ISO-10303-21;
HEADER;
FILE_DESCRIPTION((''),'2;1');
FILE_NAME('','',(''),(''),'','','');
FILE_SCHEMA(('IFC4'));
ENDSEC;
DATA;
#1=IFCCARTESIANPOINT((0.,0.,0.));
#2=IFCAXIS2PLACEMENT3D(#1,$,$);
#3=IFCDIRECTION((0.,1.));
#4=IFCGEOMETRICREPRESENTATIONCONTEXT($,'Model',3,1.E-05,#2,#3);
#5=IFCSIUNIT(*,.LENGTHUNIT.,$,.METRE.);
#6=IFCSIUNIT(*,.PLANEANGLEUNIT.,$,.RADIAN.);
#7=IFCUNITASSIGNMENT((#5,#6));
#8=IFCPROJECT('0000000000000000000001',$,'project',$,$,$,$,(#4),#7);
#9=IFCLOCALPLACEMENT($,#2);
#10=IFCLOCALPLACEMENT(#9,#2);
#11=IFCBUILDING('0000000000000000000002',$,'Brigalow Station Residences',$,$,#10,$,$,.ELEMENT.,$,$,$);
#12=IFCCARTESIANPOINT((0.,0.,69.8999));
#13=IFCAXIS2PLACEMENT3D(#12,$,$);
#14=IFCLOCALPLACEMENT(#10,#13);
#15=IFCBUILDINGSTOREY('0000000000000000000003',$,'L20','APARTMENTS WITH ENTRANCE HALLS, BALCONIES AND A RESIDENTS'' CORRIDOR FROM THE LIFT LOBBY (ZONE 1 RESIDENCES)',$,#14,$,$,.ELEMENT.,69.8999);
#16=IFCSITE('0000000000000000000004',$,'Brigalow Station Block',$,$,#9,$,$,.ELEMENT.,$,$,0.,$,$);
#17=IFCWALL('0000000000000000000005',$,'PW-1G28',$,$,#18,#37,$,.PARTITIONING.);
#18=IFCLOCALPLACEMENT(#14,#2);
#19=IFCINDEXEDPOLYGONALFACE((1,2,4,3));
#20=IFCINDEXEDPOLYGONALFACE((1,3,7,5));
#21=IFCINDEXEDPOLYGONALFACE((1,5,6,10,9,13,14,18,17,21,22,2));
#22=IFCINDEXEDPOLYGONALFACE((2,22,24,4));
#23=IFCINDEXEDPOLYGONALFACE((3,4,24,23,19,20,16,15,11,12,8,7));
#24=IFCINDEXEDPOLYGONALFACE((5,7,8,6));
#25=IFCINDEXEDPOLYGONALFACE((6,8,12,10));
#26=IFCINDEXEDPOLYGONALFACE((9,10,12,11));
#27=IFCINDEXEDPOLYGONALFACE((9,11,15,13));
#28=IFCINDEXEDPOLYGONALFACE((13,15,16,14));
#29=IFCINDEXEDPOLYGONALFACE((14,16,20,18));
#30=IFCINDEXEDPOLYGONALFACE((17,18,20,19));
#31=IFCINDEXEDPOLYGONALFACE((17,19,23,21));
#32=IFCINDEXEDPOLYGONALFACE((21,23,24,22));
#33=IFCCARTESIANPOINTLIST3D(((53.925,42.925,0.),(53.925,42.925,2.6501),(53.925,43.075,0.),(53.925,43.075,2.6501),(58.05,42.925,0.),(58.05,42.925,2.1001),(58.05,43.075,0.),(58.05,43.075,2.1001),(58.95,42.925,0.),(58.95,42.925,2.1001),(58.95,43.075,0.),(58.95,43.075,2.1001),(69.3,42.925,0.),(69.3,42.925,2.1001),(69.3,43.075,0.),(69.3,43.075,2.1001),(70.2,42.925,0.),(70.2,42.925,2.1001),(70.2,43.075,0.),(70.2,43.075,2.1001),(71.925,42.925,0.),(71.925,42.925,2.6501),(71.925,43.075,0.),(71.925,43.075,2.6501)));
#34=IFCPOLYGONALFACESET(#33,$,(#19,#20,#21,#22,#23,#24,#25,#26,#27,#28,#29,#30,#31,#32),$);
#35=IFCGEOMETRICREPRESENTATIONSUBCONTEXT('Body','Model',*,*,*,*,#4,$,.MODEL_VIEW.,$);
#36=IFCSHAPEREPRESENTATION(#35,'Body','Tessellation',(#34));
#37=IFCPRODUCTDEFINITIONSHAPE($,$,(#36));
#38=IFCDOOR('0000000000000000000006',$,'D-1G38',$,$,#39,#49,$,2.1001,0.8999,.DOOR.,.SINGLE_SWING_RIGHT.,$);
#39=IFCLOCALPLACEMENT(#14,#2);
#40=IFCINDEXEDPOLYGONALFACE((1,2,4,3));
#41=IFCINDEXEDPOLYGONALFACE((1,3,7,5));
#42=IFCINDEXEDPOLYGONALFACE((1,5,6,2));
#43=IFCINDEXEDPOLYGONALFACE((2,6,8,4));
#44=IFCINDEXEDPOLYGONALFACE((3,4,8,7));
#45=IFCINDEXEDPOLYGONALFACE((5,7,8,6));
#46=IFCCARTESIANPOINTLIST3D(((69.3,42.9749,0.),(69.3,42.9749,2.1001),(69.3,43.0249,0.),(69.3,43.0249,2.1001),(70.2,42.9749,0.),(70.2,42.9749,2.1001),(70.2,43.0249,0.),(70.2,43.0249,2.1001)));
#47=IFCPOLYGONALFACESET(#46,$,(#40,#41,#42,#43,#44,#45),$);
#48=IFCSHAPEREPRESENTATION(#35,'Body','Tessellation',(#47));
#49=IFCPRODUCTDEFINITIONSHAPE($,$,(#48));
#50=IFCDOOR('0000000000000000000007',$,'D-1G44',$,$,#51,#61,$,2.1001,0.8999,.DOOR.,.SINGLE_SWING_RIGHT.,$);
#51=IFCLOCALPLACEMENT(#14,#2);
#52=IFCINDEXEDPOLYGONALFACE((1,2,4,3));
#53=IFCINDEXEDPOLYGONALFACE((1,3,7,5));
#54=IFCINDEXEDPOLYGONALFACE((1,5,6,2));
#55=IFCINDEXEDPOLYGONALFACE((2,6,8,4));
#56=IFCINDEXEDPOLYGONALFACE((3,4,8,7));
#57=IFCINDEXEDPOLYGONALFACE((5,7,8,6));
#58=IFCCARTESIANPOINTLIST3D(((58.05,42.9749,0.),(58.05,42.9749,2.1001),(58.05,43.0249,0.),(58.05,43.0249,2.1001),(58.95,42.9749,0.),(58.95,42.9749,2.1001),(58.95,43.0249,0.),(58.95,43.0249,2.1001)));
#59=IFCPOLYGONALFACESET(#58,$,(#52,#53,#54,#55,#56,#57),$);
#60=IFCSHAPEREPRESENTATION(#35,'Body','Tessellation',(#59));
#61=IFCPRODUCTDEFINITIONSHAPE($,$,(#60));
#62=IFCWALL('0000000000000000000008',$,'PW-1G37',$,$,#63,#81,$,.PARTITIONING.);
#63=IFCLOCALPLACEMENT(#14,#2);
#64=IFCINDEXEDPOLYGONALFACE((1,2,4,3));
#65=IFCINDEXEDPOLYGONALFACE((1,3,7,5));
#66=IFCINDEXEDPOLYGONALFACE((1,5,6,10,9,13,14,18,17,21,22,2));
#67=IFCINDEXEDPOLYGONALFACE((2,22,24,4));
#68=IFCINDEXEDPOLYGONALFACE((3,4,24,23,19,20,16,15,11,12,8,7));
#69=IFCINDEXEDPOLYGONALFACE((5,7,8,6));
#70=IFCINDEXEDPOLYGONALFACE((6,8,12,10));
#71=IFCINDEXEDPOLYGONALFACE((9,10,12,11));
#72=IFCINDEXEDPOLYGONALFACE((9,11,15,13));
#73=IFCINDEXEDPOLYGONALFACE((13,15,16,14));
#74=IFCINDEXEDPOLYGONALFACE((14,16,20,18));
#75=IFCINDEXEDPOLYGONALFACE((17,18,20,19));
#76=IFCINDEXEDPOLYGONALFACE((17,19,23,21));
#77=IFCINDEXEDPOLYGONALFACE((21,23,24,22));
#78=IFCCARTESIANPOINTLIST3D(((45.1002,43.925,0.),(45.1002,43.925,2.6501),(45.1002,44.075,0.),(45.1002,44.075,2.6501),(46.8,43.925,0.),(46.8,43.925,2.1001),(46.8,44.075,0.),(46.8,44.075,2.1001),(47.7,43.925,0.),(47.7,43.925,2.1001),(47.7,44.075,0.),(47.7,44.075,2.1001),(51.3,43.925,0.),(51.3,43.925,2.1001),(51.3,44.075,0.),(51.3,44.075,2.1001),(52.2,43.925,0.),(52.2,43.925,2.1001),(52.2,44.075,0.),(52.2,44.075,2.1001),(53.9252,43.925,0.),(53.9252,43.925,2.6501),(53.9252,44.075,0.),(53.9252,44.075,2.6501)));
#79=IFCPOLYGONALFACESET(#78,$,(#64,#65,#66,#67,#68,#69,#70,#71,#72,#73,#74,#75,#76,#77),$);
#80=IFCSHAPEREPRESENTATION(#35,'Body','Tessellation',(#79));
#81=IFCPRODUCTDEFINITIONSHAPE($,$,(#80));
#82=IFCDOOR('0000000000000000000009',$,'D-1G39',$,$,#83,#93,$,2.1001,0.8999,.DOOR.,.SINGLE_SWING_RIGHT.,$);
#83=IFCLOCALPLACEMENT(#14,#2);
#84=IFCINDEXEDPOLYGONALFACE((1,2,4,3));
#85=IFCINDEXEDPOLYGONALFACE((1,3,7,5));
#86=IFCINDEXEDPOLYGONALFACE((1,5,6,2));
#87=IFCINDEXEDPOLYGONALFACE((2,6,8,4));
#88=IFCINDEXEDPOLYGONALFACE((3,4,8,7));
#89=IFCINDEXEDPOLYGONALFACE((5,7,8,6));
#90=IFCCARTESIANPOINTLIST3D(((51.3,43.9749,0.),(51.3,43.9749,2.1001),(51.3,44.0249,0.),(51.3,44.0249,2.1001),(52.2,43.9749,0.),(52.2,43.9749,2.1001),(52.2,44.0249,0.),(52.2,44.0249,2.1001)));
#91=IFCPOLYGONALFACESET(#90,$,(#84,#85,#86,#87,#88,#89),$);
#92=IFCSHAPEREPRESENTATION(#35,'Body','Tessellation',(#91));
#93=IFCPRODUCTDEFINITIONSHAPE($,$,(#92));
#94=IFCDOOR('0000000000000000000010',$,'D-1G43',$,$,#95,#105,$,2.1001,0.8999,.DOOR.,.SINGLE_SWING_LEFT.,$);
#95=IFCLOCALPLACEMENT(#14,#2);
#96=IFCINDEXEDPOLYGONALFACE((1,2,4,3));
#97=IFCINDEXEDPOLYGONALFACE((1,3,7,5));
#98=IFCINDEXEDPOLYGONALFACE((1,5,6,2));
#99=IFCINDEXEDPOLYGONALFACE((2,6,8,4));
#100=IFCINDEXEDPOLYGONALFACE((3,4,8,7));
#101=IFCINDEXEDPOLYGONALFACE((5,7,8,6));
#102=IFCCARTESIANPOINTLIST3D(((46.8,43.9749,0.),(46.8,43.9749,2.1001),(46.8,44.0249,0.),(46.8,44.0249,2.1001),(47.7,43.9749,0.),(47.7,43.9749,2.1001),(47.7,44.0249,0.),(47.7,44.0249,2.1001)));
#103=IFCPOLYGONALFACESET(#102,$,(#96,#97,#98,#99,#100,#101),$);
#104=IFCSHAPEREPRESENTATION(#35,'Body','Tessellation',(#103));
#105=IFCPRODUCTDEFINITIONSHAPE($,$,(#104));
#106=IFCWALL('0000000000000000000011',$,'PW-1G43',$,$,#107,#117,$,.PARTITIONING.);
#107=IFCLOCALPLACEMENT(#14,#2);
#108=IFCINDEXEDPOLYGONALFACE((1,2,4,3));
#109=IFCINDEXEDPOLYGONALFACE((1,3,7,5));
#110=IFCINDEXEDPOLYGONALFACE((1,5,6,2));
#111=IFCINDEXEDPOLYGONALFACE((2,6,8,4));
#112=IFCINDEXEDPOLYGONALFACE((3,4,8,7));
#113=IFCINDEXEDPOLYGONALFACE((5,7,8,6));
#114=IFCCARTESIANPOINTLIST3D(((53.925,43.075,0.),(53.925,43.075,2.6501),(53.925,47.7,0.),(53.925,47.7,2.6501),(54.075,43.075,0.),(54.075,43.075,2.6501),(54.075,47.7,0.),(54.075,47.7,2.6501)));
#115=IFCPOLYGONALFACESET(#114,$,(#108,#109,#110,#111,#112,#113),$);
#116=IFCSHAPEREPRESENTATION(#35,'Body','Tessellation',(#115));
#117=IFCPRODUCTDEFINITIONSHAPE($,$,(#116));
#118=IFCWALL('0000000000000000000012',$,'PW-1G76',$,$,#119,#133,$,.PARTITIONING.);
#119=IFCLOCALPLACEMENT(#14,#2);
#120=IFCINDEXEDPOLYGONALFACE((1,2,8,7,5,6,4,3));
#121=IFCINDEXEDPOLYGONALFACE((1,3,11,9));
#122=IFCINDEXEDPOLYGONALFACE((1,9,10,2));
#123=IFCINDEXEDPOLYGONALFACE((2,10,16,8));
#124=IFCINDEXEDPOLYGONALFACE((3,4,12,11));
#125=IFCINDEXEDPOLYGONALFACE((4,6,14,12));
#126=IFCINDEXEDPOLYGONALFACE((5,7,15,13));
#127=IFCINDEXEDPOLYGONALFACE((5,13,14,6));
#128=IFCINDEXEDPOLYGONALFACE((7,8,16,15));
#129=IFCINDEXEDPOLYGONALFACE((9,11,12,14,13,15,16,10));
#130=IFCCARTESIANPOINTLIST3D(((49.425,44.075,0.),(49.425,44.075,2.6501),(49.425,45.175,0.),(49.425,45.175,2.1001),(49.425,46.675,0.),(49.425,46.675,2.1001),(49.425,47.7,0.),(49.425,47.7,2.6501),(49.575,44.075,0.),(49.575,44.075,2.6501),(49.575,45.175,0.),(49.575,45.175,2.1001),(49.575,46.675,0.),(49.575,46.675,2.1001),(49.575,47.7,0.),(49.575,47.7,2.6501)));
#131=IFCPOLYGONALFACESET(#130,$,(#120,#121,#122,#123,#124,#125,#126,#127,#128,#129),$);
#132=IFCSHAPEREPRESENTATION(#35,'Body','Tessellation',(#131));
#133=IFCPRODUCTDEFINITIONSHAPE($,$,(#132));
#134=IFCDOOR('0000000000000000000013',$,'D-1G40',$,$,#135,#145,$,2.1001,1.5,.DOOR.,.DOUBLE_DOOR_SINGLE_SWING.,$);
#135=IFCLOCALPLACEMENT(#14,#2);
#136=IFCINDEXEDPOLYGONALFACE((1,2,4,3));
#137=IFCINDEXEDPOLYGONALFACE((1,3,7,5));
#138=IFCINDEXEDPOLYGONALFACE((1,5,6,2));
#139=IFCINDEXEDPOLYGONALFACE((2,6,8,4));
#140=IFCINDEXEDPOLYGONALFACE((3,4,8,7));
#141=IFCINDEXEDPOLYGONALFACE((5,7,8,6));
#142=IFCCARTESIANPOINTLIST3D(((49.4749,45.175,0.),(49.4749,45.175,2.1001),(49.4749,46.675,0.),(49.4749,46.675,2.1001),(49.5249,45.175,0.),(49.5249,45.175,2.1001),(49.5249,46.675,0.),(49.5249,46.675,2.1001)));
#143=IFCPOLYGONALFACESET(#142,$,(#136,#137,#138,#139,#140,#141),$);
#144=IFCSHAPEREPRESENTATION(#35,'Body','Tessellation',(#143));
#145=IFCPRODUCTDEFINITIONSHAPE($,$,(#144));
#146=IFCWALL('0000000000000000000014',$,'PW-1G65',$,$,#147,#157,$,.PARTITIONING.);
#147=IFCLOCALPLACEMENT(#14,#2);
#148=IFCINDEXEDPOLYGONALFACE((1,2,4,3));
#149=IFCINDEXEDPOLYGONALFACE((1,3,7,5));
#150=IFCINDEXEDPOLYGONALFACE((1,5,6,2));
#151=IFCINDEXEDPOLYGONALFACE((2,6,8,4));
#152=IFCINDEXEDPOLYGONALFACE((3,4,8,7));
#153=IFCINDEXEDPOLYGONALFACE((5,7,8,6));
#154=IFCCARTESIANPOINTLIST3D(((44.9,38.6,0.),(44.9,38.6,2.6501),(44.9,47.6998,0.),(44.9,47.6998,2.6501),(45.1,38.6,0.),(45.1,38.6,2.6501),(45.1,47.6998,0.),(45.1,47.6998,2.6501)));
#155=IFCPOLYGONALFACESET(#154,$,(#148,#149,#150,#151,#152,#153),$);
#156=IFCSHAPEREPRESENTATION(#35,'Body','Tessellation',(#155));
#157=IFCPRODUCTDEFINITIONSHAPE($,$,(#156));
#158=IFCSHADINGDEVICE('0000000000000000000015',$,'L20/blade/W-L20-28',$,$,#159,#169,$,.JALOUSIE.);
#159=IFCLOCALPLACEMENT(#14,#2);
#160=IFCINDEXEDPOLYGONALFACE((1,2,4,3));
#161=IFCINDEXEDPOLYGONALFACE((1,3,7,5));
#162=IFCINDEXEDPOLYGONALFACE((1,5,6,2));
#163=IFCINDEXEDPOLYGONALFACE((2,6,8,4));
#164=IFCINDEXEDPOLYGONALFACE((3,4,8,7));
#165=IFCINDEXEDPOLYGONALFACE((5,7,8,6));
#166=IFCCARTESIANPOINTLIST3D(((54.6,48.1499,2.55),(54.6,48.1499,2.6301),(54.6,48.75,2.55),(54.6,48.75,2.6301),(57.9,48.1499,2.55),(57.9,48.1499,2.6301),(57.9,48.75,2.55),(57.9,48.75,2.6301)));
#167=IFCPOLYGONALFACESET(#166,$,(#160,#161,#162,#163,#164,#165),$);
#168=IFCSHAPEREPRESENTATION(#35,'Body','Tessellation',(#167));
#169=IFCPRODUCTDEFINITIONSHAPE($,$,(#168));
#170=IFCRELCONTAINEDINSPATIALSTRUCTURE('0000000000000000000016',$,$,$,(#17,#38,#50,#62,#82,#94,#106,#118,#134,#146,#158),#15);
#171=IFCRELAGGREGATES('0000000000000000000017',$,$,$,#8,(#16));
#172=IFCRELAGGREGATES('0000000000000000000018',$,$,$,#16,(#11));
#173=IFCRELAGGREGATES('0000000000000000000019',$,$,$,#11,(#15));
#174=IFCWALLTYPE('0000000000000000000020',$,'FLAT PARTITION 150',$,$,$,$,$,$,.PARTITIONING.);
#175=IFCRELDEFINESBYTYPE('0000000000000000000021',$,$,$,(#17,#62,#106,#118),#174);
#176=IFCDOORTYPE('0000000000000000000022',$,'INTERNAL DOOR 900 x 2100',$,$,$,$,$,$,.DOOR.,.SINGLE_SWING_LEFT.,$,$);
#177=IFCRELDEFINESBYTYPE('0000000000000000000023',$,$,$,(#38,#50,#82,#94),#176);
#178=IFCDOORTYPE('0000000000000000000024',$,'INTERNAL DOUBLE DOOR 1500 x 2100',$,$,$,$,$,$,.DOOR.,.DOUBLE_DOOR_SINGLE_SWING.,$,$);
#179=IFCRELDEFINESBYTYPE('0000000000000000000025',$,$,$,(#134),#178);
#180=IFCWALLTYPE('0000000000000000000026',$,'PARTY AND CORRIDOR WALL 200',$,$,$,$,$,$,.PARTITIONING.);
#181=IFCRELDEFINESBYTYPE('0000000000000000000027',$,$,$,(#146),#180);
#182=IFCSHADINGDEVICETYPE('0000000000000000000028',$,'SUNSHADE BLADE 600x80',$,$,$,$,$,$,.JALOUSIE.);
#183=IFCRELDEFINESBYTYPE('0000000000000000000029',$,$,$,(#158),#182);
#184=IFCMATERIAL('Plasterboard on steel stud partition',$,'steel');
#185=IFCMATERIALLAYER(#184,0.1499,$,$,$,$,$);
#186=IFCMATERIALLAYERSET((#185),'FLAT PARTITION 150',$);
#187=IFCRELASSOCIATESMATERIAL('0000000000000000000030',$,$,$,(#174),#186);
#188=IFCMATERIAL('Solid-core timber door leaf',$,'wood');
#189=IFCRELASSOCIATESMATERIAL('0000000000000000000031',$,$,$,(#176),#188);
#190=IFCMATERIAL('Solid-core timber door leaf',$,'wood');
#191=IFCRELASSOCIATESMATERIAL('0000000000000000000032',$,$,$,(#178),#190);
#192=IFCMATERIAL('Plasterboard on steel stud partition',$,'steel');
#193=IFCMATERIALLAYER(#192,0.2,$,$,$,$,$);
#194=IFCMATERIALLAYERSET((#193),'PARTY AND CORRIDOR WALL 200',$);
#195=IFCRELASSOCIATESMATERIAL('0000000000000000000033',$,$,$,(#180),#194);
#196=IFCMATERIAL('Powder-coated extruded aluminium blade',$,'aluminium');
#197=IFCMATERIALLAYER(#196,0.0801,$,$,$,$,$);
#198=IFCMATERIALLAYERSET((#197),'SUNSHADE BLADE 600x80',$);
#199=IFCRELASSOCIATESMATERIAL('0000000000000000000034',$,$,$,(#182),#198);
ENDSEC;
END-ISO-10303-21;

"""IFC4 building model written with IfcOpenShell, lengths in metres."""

from ifc_helpers import new_model, si_unit, direction, frame, frame_2d, origin, origin_2d, place, context, subcontext, project, spatial, rectangle, extrude, material, layer, layer_set, type_object, element, fill, save


model = new_model("IFC4")

# Units and contexts
model_context = context("Model", 3, precision=1e-05, world=origin(), true_north=direction((0.0, 1.0)))
body_context = subcontext(model_context, "Body", "Model", "MODEL_VIEW")
ifc_project = project(units=[si_unit("LENGTHUNIT", "METRE"), si_unit("PLANEANGLEUNIT", "RADIAN")], contexts=[model_context])

# Site, building, storey
site_placement = place(None, origin())
site = spatial("IfcSite", under=ifc_project, at=site_placement, Name="Brigalow Station Block", CompositionType="ELEMENT", RefElevation=0.0)
building_placement = place(site_placement, origin())
building = spatial("IfcBuilding", under=site, at=building_placement, Name="Brigalow Station Residences", CompositionType="ELEMENT")
storey_placement = place(building_placement, frame((0.0, 0.0, 69.8999)))
storey = spatial("IfcBuildingStorey", under=building, at=storey_placement, Name="L20", Description="APARTMENTS WITH ENTRANCE HALLS, BALCONIES AND A RESIDENTS' CORRIDOR FROM THE LIFT LOBBY (ZONE 1 RESIDENCES)", CompositionType="ELEMENT", Elevation=69.8999)

# Shared definitions
ifc_material_1 = material(Name="Plasterboard on steel stud partition", Category="steel")
ifc_layer_1 = layer(ifc_material_1, 0.1499)
ifc_layer_set_1 = layer_set([ifc_layer_1], Name="FLAT PARTITION 150")
wall_type_1 = type_object("IfcWallType", Name="FLAT PARTITION 150", PredefinedType="PARTITIONING", material=ifc_layer_set_1)
ifc_material_2 = material(Name="Solid-core timber door leaf", Category="wood")
door_type_1 = type_object("IfcDoorType", Name="INTERNAL DOOR 900 x 2100", OperationType="SINGLE_SWING_LEFT", PredefinedType="DOOR", material=ifc_material_2)

# Walls, openings, doors
wall_1_placement = place(storey_placement, frame((53.925, 43.0, 0.0), z_axis=(0.0, 0.0, 1.0), x_axis=(1.0, 0.0, 0.0)))
wall_1 = element("IfcWall", 1, at=wall_1_placement, inside=storey, type_object=wall_type_1, Name="PW-1G28", PredefinedType="PARTITIONING", context=body_context, shape_type="SweptSolid", body=[
    extrude(rectangle(XDim=18.0, YDim=0.1499, at=frame_2d((9.0, 0.0))), origin(), (0.0, 0.0, 1.0), 2.6501),
])
opening_1_placement = place(wall_1_placement, frame((15.375, 0.0, 0.0)))
opening_1 = element("IfcOpeningElement", 2, at=opening_1_placement, cuts=wall_1, PredefinedType="OPENING", context=body_context, shape_type="SweptSolid", body=[
    extrude(rectangle(XDim=0.8999, YDim=2.1001, at=frame_2d((0.45, 1.05))), frame((0.0, 0.085, 0.0), z_axis=(0.0, -1.0, 0.0), x_axis=(1.0, 0.0, 0.0)), (0.0, 0.0, 1.0), 0.1699),
])
opening_2_placement = place(wall_1_placement, frame((4.125, 0.0, 0.0)))
opening_2 = element("IfcOpeningElement", 3, at=opening_2_placement, cuts=wall_1, PredefinedType="OPENING", context=body_context, shape_type="SweptSolid", body=[
    extrude(rectangle(XDim=0.8999, YDim=2.1001, at=frame_2d((0.45, 1.05))), frame((0.0, 0.085, 0.0), z_axis=(0.0, -1.0, 0.0), x_axis=(1.0, 0.0, 0.0)), (0.0, 0.0, 1.0), 0.1699),
])
door_1_placement = place(opening_1_placement, origin())
door_1 = element("IfcDoor", 4, at=door_1_placement, inside=storey, type_object=door_type_1, Name="D-1G38", OperationType="SINGLE_SWING_RIGHT", OverallHeight=2.1001, OverallWidth=0.8999, PredefinedType="DOOR", context=body_context, shape_type="SweptSolid", body=[
    extrude(rectangle(XDim=0.8999, YDim=2.1001, at=frame_2d((0.45, 1.05))), frame((0.0, 0.0249, 0.0), z_axis=(0.0, -1.0, 0.0), x_axis=(1.0, 0.0, 0.0)), (0.0, 0.0, 1.0), 0.05),
])
fill(opening_1, door_1)
door_2_placement = place(opening_2_placement, origin())
door_2 = element("IfcDoor", 5, at=door_2_placement, inside=storey, type_object=door_type_1, Name="D-1G44", OperationType="SINGLE_SWING_RIGHT", OverallHeight=2.1001, OverallWidth=0.8999, PredefinedType="DOOR", context=body_context, shape_type="SweptSolid", body=[
    extrude(rectangle(XDim=0.8999, YDim=2.1001, at=frame_2d((0.45, 1.05))), frame((0.0, 0.0249, 0.0), z_axis=(0.0, -1.0, 0.0), x_axis=(1.0, 0.0, 0.0)), (0.0, 0.0, 1.0), 0.05),
])
fill(opening_2, door_2)
wall_2_placement = place(storey_placement, frame((45.1001, 44.0, 0.0), z_axis=(0.0, 0.0, 1.0), x_axis=(1.0, 0.0, 0.0)))
wall_2 = element("IfcWall", 6, at=wall_2_placement, inside=storey, type_object=wall_type_1, Name="PW-1G37", PredefinedType="PARTITIONING", context=body_context, shape_type="SweptSolid", body=[
    extrude(rectangle(XDim=8.825, YDim=0.1499, at=frame_2d((4.4126, 0.0))), origin(), (0.0, 0.0, 1.0), 2.6501),
])
opening_3_placement = place(wall_2_placement, frame((6.2, 0.0, 0.0)))
opening_3 = element("IfcOpeningElement", 7, at=opening_3_placement, cuts=wall_2, PredefinedType="OPENING", context=body_context, shape_type="SweptSolid", body=[
    extrude(rectangle(XDim=0.8999, YDim=2.1001, at=frame_2d((0.45, 1.05))), frame((0.0, 0.085, 0.0), z_axis=(0.0, -1.0, 0.0), x_axis=(1.0, 0.0, 0.0)), (0.0, 0.0, 1.0), 0.1699),
])
opening_4_placement = place(wall_2_placement, frame((1.7, 0.0, 0.0)))
opening_4 = element("IfcOpeningElement", 8, at=opening_4_placement, cuts=wall_2, PredefinedType="OPENING", context=body_context, shape_type="SweptSolid", body=[
    extrude(rectangle(XDim=0.8999, YDim=2.1001, at=frame_2d((0.45, 1.05))), frame((0.0, 0.085, 0.0), z_axis=(0.0, -1.0, 0.0), x_axis=(1.0, 0.0, 0.0)), (0.0, 0.0, 1.0), 0.1699),
])
door_3_placement = place(opening_3_placement, origin())
door_3 = element("IfcDoor", 9, at=door_3_placement, inside=storey, type_object=door_type_1, Name="D-1G39", OperationType="SINGLE_SWING_RIGHT", OverallHeight=2.1001, OverallWidth=0.8999, PredefinedType="DOOR", context=body_context, shape_type="SweptSolid", body=[
    extrude(rectangle(XDim=0.8999, YDim=2.1001, at=frame_2d((0.45, 1.05))), frame((0.0, 0.0249, 0.0), z_axis=(0.0, -1.0, 0.0), x_axis=(1.0, 0.0, 0.0)), (0.0, 0.0, 1.0), 0.05),
])
fill(opening_3, door_3)
door_4_placement = place(opening_4_placement, origin())
door_4 = element("IfcDoor", 10, at=door_4_placement, inside=storey, type_object=door_type_1, Name="D-1G43", OperationType="SINGLE_SWING_LEFT", OverallHeight=2.1001, OverallWidth=0.8999, PredefinedType="DOOR", context=body_context, shape_type="SweptSolid", body=[
    extrude(rectangle(XDim=0.8999, YDim=2.1001, at=frame_2d((0.45, 1.05))), frame((0.0, 0.0249, 0.0), z_axis=(0.0, -1.0, 0.0), x_axis=(1.0, 0.0, 0.0)), (0.0, 0.0, 1.0), 0.05),
])
fill(opening_4, door_4)

# Wall
wall_3_placement = place(storey_placement, frame((54.0, 43.075, 0.0), z_axis=(0.0, 0.0, 1.0), x_axis=(0.0, 1.0, 0.0)))
element("IfcWall", 11, at=wall_3_placement, inside=storey, type_object=wall_type_1, Name="PW-1G43", PredefinedType="PARTITIONING", context=body_context, shape_type="SweptSolid", body=[
    extrude(rectangle(XDim=4.625, YDim=0.1499, at=frame_2d((2.3125, 0.0))), origin(), (0.0, 0.0, 1.0), 2.6501),
])

# Wall, opening, door
wall_4_placement = place(storey_placement, frame((49.5, 44.075, 0.0), z_axis=(0.0, 0.0, 1.0), x_axis=(0.0, 1.0, 0.0)))
wall_4 = element("IfcWall", 12, at=wall_4_placement, inside=storey, type_object=wall_type_1, Name="PW-1G76", PredefinedType="PARTITIONING", context=body_context, shape_type="SweptSolid", body=[
    extrude(rectangle(XDim=3.625, YDim=0.1499, at=frame_2d((1.8125, 0.0))), origin(), (0.0, 0.0, 1.0), 2.6501),
])
opening_5_placement = place(wall_4_placement, frame((1.1001, 0.0, 0.0)))
opening_5 = element("IfcOpeningElement", 13, at=opening_5_placement, cuts=wall_4, PredefinedType="OPENING", context=body_context, shape_type="SweptSolid", body=[
    extrude(rectangle(XDim=1.5, YDim=2.1001, at=frame_2d((0.75, 1.05))), frame((0.0, 0.085, 0.0), z_axis=(0.0, -1.0, 0.0), x_axis=(1.0, 0.0, 0.0)), (0.0, 0.0, 1.0), 0.1699),
])
ifc_material_3 = material(Name="Solid-core timber door leaf", Category="wood")
door_type_2 = type_object("IfcDoorType", Name="INTERNAL DOUBLE DOOR 1500 x 2100", OperationType="DOUBLE_DOOR_SINGLE_SWING", PredefinedType="DOOR", material=ifc_material_3)
door_5_placement = place(opening_5_placement, frame((1.5, 0.0, 0.0), z_axis=(0.0, 0.0, 1.0), x_axis=(-1.0, 0.0, 0.0)))
door_5 = element("IfcDoor", 14, at=door_5_placement, inside=storey, type_object=door_type_2, Name="D-1G40", OperationType="DOUBLE_DOOR_SINGLE_SWING", OverallHeight=2.1001, OverallWidth=1.5, PredefinedType="DOOR", context=body_context, shape_type="SweptSolid", body=[
    extrude(rectangle(XDim=1.5, YDim=2.1001, at=frame_2d((0.75, 1.05))), frame((0.0, 0.0249, 0.0), z_axis=(0.0, -1.0, 0.0), x_axis=(1.0, 0.0, 0.0)), (0.0, 0.0, 1.0), 0.05),
])
fill(opening_5, door_5)

# Wall
ifc_material_4 = material(Name="Plasterboard on steel stud partition", Category="steel")
ifc_layer_2 = layer(ifc_material_4, 0.2)
ifc_layer_set_2 = layer_set([ifc_layer_2], Name="PARTY AND CORRIDOR WALL 200")
wall_type_2 = type_object("IfcWallType", Name="PARTY AND CORRIDOR WALL 200", PredefinedType="PARTITIONING", material=ifc_layer_set_2)
wall_5_placement = place(storey_placement, frame((45.0, 38.6001, 0.0), z_axis=(0.0, 0.0, 1.0), x_axis=(0.0, 1.0, 0.0)))
element("IfcWall", 15, at=wall_5_placement, inside=storey, type_object=wall_type_2, Name="PW-1G65", PredefinedType="PARTITIONING", context=body_context, shape_type="SweptSolid", body=[
    extrude(rectangle(XDim=9.0999, YDim=0.2, at=frame_2d((4.5498, 0.0))), origin(), (0.0, 0.0, 1.0), 2.6501),
])

# Shading device
ifc_material_5 = material(Name="Powder-coated extruded aluminium blade", Category="aluminium")
ifc_layer_3 = layer(ifc_material_5, 0.0801)
ifc_layer_set_3 = layer_set([ifc_layer_3], Name="SUNSHADE BLADE 600x80")
shading_device_type = type_object("IfcShadingDeviceType", Name="SUNSHADE BLADE 600x80", PredefinedType="JALOUSIE", material=ifc_layer_set_3)
shading_device_placement = place(storey_placement, frame((56.25, 48.45, 2.55), z_axis=(0.0, 0.0, 1.0), x_axis=(-1.0, 0.0, 0.0)))
element("IfcShadingDevice", 16, at=shading_device_placement, inside=storey, type_object=shading_device_type, Name="L20/blade/W-L20-28", PredefinedType="JALOUSIE", context=body_context, shape_type="SweptSolid", body=[
    extrude(rectangle(XDim=3.3, YDim=0.6001, at=origin_2d()), origin(), (0.0, 0.0, 1.0), 0.0801),
])

save(model, "model.ifc")
